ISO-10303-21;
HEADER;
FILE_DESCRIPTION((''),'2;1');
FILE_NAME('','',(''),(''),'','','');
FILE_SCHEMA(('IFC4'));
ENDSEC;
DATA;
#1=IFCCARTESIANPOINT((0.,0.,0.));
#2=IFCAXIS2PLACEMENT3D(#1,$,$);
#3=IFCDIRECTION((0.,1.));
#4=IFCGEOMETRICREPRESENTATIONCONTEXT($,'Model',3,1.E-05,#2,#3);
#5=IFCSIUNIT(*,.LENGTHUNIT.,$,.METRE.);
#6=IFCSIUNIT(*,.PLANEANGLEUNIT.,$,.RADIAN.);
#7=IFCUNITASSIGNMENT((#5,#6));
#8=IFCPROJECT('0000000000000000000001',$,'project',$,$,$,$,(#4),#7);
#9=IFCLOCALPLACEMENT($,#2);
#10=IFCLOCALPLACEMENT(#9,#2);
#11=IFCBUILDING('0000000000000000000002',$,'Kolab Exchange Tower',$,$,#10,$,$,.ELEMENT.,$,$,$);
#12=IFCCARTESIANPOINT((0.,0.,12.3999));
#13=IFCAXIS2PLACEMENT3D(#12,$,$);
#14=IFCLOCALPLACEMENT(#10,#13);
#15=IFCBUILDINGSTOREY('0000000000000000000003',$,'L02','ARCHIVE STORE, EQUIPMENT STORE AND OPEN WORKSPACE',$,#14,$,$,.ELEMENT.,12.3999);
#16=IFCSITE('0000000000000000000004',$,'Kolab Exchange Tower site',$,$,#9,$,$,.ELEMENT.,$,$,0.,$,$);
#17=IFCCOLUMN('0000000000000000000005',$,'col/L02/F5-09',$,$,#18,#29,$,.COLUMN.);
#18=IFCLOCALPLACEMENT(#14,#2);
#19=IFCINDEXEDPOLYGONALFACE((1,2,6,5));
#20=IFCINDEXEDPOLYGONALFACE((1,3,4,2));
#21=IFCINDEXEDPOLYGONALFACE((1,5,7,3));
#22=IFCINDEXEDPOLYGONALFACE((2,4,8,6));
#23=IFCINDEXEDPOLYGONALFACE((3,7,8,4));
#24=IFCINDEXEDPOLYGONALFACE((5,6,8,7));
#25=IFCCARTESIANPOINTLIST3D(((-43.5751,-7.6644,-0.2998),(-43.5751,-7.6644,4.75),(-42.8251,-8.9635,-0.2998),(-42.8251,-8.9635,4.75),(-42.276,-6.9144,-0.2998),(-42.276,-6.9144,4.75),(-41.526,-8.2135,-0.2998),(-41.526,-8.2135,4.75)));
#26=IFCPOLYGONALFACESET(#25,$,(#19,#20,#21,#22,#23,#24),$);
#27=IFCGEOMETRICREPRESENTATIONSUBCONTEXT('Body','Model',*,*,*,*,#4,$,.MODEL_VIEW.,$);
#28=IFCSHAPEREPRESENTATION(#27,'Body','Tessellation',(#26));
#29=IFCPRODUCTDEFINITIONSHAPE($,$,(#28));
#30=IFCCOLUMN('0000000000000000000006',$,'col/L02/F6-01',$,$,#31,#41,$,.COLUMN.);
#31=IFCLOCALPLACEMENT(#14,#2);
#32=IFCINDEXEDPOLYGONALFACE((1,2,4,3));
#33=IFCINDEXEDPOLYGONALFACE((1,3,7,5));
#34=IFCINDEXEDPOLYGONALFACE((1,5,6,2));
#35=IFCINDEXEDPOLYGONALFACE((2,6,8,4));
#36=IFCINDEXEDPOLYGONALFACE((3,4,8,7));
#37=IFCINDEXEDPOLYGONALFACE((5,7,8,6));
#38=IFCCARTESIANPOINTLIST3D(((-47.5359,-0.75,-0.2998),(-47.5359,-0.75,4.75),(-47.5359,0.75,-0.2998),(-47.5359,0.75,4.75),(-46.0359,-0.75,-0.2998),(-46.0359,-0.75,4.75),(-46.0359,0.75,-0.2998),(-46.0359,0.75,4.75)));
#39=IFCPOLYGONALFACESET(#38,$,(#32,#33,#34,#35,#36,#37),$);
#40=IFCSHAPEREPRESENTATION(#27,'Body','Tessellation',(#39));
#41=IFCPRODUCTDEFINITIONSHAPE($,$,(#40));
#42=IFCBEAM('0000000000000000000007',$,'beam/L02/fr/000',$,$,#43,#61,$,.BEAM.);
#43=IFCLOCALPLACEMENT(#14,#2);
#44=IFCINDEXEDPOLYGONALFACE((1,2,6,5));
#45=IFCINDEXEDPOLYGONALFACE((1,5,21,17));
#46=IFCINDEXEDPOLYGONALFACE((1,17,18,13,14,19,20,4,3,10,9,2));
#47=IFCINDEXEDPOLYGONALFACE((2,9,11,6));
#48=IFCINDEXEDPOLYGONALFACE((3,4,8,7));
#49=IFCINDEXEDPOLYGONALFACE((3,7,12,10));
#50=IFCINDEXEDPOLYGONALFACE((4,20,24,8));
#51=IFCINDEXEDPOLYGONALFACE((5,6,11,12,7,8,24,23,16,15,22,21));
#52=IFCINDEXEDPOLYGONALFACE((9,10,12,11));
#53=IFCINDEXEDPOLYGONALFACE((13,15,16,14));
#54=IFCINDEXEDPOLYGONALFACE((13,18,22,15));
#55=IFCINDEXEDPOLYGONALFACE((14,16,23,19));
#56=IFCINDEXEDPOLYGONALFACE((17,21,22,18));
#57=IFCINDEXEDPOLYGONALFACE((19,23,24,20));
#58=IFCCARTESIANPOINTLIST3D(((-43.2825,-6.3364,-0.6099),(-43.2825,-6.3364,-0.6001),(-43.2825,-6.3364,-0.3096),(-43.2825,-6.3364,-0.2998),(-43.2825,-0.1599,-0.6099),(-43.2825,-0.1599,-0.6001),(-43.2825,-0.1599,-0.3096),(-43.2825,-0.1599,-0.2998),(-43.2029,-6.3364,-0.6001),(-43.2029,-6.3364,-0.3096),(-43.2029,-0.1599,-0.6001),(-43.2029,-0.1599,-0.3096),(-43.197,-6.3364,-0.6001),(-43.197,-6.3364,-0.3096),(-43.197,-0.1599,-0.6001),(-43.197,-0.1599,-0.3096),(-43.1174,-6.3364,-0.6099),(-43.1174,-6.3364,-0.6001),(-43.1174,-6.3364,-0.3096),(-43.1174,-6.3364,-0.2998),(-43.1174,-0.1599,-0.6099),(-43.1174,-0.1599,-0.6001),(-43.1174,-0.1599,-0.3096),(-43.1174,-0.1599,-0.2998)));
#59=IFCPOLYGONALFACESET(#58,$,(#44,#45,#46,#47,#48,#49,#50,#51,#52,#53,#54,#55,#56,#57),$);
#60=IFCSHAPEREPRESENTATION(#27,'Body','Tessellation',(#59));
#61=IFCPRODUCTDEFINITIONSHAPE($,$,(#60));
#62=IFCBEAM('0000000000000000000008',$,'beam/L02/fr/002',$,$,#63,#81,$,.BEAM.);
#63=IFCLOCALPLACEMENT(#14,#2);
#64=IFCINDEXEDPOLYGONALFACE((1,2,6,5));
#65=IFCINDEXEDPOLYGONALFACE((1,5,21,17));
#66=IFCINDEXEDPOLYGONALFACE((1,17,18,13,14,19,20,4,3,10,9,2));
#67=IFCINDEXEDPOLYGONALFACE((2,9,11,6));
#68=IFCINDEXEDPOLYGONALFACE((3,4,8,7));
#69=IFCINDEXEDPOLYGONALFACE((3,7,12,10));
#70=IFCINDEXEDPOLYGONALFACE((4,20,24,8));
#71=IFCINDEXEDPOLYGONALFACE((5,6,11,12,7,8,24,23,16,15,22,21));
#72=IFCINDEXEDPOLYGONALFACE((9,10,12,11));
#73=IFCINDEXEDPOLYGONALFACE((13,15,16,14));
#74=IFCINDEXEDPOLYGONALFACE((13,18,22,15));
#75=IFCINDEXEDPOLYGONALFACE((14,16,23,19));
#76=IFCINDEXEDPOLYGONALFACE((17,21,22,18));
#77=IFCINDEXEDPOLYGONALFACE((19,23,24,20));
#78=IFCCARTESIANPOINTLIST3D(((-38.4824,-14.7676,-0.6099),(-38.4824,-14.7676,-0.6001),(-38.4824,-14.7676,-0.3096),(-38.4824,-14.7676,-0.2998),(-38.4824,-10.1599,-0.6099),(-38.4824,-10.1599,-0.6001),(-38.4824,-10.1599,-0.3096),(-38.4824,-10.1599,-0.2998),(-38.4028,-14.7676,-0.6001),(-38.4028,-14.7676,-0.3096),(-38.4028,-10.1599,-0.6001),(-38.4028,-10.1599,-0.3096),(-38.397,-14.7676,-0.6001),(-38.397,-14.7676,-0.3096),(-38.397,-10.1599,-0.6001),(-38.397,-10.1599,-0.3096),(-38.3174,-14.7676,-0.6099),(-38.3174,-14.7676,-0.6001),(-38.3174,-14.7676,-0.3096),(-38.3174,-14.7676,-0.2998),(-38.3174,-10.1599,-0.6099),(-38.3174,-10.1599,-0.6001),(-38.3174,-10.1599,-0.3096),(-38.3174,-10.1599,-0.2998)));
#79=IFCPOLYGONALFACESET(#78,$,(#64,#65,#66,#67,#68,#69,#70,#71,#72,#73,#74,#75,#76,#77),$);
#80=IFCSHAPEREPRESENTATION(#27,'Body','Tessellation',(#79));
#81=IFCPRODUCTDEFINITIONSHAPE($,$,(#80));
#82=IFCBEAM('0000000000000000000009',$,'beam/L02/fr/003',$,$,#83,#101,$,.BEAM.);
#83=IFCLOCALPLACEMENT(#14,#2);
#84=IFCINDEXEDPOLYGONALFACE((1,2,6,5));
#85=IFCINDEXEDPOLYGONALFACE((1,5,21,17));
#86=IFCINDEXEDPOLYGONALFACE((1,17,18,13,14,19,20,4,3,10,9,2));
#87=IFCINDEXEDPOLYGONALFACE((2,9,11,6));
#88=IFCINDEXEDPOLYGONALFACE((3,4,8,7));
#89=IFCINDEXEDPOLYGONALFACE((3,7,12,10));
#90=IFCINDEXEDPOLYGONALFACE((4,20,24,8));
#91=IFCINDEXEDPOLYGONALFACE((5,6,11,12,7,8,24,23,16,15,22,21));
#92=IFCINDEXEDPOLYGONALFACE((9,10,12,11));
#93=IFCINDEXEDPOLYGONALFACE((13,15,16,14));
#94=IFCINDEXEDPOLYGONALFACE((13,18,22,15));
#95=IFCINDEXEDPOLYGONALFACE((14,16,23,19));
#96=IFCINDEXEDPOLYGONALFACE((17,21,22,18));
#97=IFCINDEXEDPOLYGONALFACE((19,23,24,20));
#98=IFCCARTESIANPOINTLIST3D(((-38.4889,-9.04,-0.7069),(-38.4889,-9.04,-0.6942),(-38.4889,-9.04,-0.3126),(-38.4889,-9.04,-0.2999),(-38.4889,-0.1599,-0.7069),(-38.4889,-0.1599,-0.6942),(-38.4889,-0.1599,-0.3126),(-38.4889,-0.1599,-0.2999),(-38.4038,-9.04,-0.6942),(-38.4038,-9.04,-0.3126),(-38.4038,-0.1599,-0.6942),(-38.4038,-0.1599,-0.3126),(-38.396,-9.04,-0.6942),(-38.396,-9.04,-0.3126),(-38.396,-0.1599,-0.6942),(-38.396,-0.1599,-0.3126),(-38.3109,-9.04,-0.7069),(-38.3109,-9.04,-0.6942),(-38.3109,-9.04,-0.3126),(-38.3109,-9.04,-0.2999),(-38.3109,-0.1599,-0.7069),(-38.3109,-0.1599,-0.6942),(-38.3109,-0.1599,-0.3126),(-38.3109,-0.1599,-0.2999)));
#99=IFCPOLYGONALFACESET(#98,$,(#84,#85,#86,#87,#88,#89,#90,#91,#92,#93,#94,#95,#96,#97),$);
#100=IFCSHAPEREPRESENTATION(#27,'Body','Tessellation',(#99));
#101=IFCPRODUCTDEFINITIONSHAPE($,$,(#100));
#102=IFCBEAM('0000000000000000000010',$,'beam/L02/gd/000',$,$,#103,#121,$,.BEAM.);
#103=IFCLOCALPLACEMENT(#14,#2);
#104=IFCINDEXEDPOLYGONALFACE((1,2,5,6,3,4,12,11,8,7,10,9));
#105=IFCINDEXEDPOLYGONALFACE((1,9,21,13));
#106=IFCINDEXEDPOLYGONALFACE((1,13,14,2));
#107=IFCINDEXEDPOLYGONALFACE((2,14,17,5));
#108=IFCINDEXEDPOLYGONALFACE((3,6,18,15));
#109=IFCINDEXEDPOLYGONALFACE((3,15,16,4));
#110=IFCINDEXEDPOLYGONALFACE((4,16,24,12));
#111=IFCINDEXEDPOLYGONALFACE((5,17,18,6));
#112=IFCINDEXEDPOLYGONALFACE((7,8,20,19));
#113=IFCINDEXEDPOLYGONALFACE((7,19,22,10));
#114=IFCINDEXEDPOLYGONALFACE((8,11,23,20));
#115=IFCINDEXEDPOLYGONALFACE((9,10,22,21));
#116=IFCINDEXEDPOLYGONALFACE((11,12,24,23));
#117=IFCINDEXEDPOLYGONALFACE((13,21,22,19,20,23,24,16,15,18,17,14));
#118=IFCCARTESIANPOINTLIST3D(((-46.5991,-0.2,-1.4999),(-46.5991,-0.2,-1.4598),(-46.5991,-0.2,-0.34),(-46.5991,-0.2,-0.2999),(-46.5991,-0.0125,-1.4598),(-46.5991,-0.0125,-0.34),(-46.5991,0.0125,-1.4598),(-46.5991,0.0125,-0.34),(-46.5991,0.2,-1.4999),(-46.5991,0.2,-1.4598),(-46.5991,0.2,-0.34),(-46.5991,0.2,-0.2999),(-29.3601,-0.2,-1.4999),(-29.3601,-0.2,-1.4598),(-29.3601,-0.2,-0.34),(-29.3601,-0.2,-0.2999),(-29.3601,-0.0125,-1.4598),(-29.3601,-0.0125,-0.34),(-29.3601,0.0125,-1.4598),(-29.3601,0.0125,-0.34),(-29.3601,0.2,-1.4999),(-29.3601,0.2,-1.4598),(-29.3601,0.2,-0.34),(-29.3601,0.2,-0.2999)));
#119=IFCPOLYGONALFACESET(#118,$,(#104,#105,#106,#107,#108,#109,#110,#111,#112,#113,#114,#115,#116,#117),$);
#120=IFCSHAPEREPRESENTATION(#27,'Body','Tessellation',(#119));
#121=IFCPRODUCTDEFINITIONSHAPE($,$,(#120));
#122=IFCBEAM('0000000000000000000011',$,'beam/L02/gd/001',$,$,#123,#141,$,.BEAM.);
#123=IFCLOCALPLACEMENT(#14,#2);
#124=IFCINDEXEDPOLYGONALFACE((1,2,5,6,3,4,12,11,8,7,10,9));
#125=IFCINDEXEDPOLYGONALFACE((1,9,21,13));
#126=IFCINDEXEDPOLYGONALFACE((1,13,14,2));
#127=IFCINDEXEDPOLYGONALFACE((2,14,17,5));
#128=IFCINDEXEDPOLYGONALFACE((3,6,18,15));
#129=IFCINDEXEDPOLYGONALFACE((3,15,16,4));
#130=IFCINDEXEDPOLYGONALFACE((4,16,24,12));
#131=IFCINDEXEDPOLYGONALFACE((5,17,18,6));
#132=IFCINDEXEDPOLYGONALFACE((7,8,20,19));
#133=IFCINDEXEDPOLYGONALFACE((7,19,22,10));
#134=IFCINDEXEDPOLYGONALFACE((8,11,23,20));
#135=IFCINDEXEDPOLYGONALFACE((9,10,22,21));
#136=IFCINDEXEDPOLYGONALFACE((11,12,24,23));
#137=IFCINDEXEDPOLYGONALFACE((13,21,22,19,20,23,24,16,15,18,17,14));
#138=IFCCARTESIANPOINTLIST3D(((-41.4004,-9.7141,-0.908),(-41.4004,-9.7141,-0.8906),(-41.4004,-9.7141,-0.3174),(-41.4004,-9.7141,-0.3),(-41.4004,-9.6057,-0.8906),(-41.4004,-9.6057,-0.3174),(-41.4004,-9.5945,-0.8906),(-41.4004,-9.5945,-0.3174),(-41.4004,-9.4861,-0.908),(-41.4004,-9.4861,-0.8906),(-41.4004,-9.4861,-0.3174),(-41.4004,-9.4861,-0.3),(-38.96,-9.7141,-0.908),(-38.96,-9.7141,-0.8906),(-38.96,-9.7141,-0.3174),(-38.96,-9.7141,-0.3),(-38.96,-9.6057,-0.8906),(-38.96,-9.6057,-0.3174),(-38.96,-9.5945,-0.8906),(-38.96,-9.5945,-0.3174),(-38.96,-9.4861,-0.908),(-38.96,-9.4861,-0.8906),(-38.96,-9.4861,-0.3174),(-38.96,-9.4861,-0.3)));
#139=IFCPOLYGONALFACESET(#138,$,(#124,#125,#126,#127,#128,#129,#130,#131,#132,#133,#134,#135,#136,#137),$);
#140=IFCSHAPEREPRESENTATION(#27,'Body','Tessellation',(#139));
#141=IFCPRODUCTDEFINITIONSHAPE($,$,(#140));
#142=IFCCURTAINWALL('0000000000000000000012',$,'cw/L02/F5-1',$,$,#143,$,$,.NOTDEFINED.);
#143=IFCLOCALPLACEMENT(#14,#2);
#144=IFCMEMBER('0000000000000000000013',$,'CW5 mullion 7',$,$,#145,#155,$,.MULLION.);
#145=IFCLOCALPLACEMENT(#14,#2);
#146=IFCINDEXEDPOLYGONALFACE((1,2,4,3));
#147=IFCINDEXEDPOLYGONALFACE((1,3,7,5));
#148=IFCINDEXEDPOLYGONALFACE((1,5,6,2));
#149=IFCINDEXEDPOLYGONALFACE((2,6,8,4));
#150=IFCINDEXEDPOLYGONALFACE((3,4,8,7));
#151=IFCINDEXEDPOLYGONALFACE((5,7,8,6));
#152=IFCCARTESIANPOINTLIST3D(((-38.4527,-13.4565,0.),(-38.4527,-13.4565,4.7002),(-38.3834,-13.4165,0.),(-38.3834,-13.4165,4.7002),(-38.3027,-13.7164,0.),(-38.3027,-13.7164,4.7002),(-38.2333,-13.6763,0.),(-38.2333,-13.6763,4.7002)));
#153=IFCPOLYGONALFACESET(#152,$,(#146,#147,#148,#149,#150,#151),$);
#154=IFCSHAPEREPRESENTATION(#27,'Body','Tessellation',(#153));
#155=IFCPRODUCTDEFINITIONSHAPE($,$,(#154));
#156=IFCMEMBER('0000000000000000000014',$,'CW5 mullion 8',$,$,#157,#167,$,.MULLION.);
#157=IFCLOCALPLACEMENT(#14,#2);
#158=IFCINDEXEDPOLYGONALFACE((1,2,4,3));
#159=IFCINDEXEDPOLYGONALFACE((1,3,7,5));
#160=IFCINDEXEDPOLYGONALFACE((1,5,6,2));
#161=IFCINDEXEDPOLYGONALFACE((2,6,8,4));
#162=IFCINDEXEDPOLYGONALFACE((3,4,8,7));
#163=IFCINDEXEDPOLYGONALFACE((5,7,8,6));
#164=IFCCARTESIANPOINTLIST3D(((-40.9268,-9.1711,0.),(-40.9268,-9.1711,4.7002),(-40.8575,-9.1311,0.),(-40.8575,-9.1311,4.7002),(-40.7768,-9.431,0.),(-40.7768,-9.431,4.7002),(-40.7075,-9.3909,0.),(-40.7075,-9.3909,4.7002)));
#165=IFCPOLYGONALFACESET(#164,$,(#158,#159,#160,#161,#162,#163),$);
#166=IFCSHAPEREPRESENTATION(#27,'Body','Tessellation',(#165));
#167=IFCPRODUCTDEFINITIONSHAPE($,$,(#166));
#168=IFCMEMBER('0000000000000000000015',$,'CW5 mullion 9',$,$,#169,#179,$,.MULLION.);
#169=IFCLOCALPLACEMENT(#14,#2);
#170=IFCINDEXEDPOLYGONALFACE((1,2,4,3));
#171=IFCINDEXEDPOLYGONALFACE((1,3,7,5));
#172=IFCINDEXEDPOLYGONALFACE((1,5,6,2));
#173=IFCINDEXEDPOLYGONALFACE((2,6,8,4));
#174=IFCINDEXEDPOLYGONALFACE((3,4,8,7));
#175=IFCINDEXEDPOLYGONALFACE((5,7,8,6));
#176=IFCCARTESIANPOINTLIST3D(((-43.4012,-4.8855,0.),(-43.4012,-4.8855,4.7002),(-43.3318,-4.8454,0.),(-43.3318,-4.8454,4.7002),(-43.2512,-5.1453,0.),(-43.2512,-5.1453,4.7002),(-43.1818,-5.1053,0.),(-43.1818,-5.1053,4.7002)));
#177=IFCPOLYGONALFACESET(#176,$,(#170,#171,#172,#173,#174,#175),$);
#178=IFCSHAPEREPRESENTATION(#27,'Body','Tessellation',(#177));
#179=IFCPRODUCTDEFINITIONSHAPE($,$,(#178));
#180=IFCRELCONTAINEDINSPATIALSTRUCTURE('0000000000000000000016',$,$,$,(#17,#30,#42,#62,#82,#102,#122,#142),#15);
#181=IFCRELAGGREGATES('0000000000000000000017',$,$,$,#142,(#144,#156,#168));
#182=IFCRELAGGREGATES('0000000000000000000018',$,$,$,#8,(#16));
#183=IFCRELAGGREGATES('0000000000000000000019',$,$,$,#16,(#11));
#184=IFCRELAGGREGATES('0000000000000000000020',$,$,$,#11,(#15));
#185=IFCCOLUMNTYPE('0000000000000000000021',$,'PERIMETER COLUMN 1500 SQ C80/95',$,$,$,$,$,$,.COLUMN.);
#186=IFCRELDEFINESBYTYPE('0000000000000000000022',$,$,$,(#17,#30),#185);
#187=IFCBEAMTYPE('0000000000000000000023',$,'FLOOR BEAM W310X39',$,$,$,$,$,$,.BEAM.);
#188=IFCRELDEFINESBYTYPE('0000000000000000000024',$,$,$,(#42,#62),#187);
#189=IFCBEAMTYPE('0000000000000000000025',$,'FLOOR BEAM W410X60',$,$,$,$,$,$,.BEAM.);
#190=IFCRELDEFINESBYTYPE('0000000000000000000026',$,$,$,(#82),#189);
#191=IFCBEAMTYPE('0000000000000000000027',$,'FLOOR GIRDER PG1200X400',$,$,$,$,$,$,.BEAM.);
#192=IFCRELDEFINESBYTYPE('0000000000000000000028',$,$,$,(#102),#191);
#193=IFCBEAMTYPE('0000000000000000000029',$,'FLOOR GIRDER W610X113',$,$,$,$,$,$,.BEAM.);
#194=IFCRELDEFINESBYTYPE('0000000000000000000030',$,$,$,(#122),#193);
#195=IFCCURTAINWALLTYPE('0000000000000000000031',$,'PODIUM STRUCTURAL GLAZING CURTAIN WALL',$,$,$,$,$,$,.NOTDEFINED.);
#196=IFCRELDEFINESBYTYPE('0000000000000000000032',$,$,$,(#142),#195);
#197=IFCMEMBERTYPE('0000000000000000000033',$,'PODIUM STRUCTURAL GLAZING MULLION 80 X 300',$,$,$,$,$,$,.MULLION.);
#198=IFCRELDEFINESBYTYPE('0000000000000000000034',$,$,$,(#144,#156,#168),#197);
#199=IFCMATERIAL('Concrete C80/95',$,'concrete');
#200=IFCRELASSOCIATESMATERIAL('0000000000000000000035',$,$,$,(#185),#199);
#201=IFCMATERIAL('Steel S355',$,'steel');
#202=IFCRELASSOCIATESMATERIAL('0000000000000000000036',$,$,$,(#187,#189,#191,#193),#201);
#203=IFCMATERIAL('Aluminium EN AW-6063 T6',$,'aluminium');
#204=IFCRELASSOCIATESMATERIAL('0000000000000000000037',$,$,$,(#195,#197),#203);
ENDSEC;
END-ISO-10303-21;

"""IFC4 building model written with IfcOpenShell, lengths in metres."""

from ifc_helpers import new_model, si_unit, direction, frame, origin, origin_2d, place, context, subcontext, project, spatial, rectangle, i_section, extrude, material, material_profile, profile_set, type_object, element, aggregate, save


model = new_model("IFC4")

# Units and contexts
model_context = context("Model", 3, precision=1e-05, world=origin(), true_north=direction((0.0, 1.0)))
body_context = subcontext(model_context, "Body", "Model", "MODEL_VIEW")
ifc_project = project(units=[si_unit("LENGTHUNIT", "METRE"), si_unit("PLANEANGLEUNIT", "RADIAN")], contexts=[model_context])

# Site, building, storey
site_placement = place(None, origin())
site = spatial("IfcSite", under=ifc_project, at=site_placement, Name="Kolab Exchange Tower site", CompositionType="ELEMENT", RefElevation=0.0)
building_placement = place(site_placement, origin())
building = spatial("IfcBuilding", under=site, at=building_placement, Name="Kolab Exchange Tower", CompositionType="ELEMENT")
storey_placement = place(building_placement, frame((0.0, 0.0, 12.3999)))
storey = spatial("IfcBuildingStorey", under=building, at=storey_placement, Name="L02", Description="ARCHIVE STORE, EQUIPMENT STORE AND OPEN WORKSPACE", CompositionType="ELEMENT", Elevation=12.3999)

# Columns
ifc_material_1 = material(Name="Concrete C80/95", Category="concrete")
ifc_material_profile_1 = material_profile(ifc_material_1, rectangle(XDim=1.5, YDim=1.5, at=origin_2d()), Name="RC1500")
ifc_profile_set_1 = profile_set([ifc_material_profile_1], Name="Concrete C80/95")
column_type = type_object("IfcColumnType", Name="PERIMETER COLUMN 1500 SQ C80/95", PredefinedType="COLUMN", material=ifc_profile_set_1)
for number, where, z_axis, x_axis, name in (
    (1, (-42.5505, -7.939, -0.2998), (0.0, 0.0, 1.0), (0.866025, 0.5, 0.0), "col/L02/F5-09"),
    (2, (-46.7859, 0.0, -0.2998), (0.0, 0.0, 1.0), (1.0, 0.0, 0.0), "col/L02/F6-01"),
):
    element("IfcColumn", number, at=place(storey_placement, frame(where, z_axis=z_axis, x_axis=x_axis)), inside=storey, type_object=column_type, Name=name, PredefinedType="COLUMN", context=body_context, shape_type="SweptSolid", body=[
        extrude(rectangle(XDim=1.5, YDim=1.5, at=origin_2d()), origin(), (0.0, 0.0, 1.0), 5.0498),
    ])

# Beams
ifc_material_2 = material(Name="Steel S355", Category="steel")
ifc_material_profile_2 = material_profile(ifc_material_2, i_section(OverallWidth=0.165, OverallDepth=0.3101, WebThickness=0.0059, FlangeThickness=0.0098, at=origin_2d()), Name="W310X39")
ifc_profile_set_2 = profile_set([ifc_material_profile_2], Name="Steel S355")
beam_type_1 = type_object("IfcBeamType", Name="FLOOR BEAM W310X39", PredefinedType="BEAM", material=ifc_profile_set_2)
beam_1_placement = place(storey_placement, frame((-43.2, -6.3364, -0.4548), z_axis=(0.0, 1.0, 0.0), x_axis=(-1.0, 0.0, 0.0)))
element("IfcBeam", 3, at=beam_1_placement, inside=storey, type_object=beam_type_1, Name="beam/L02/fr/000", PredefinedType="BEAM", context=body_context, shape_type="SweptSolid", body=[
    extrude(i_section(OverallWidth=0.165, OverallDepth=0.3101, WebThickness=0.0059, FlangeThickness=0.0098, at=origin_2d()), origin(), (0.0, 0.0, 1.0), 6.1765),
])
beam_2_placement = place(storey_placement, frame((-38.3999, -14.7676, -0.4548), z_axis=(0.0, 1.0, 0.0), x_axis=(-1.0, 0.0, 0.0)))
element("IfcBeam", 4, at=beam_2_placement, inside=storey, type_object=beam_type_1, Name="beam/L02/fr/002", PredefinedType="BEAM", context=body_context, shape_type="SweptSolid", body=[
    extrude(i_section(OverallWidth=0.165, OverallDepth=0.3101, WebThickness=0.0059, FlangeThickness=0.0098, at=origin_2d()), origin(), (0.0, 0.0, 1.0), 4.6077),
])
ifc_material_profile_3 = material_profile(ifc_material_2, i_section(OverallWidth=0.178, OverallDepth=0.407, WebThickness=0.0078, FlangeThickness=0.0127, at=origin_2d()), Name="W410X60")
ifc_profile_set_3 = profile_set([ifc_material_profile_3], Name="Steel S355")
beam_type_2 = type_object("IfcBeamType", Name="FLOOR BEAM W410X60", PredefinedType="BEAM", material=ifc_profile_set_3)
beam_3_placement = place(storey_placement, frame((-38.3999, -9.04, -0.5034), z_axis=(0.0, 1.0, 0.0), x_axis=(-1.0, 0.0, 0.0)))
element("IfcBeam", 5, at=beam_3_placement, inside=storey, type_object=beam_type_2, Name="beam/L02/fr/003", PredefinedType="BEAM", context=body_context, shape_type="SweptSolid", body=[
    extrude(i_section(OverallWidth=0.178, OverallDepth=0.407, WebThickness=0.0078, FlangeThickness=0.0127, at=origin_2d()), origin(), (0.0, 0.0, 1.0), 8.8801),
])
ifc_material_profile_4 = material_profile(ifc_material_2, i_section(OverallWidth=0.3999, OverallDepth=1.2, WebThickness=0.0249, FlangeThickness=0.04, at=origin_2d()), Name="PG1200X400")
ifc_profile_set_4 = profile_set([ifc_material_profile_4], Name="Steel S355")
beam_type_3 = type_object("IfcBeamType", Name="FLOOR GIRDER PG1200X400", PredefinedType="BEAM", material=ifc_profile_set_4)
beam_4_placement = place(storey_placement, frame((-46.5991, 0.0, -0.8999), z_axis=(1.0, 0.0, 0.0), x_axis=(0.0, 1.0, 0.0)))
element("IfcBeam", 6, at=beam_4_placement, inside=storey, type_object=beam_type_3, Name="beam/L02/gd/000", PredefinedType="BEAM", context=body_context, shape_type="SweptSolid", body=[
    extrude(i_section(OverallWidth=0.3999, OverallDepth=1.2, WebThickness=0.0249, FlangeThickness=0.04, at=origin_2d()), origin(), (0.0, 0.0, 1.0), 17.239),
])
ifc_material_profile_5 = material_profile(ifc_material_2, i_section(OverallWidth=0.228, OverallDepth=0.6079, WebThickness=0.0112, FlangeThickness=0.0173, at=origin_2d()), Name="W610X113")
ifc_profile_set_5 = profile_set([ifc_material_profile_5], Name="Steel S355")
beam_type_4 = type_object("IfcBeamType", Name="FLOOR GIRDER W610X113", PredefinedType="BEAM", material=ifc_profile_set_5)
beam_5_placement = place(storey_placement, frame((-41.4004, -9.6001, -0.604), z_axis=(1.0, 0.0, 0.0), x_axis=(0.0, 1.0, 0.0)))
element("IfcBeam", 7, at=beam_5_placement, inside=storey, type_object=beam_type_4, Name="beam/L02/gd/001", PredefinedType="BEAM", context=body_context, shape_type="SweptSolid", body=[
    extrude(i_section(OverallWidth=0.228, OverallDepth=0.6079, WebThickness=0.0112, FlangeThickness=0.0173, at=origin_2d()), origin(), (0.0, 0.0, 1.0), 2.4404),
])

# Curtain wall, members
ifc_material_3 = material(Name="Aluminium EN AW-6063 T6", Category="aluminium")
curtain_wall_type = type_object("IfcCurtainWallType", Name="PODIUM STRUCTURAL GLAZING CURTAIN WALL", PredefinedType="NOTDEFINED", material=ifc_material_3)
curtain_wall_1_placement = place(storey_placement, origin())
curtain_wall_1 = element("IfcCurtainWall", 8, at=curtain_wall_1_placement, inside=storey, type_object=curtain_wall_type, Name="cw/L02/F5-1", PredefinedType="NOTDEFINED")
ifc_material_profile_6 = material_profile(ifc_material_3, rectangle(XDim=0.0801, YDim=0.3, at=origin_2d()), Name="RECT 80X300")
ifc_profile_set_6 = profile_set([ifc_material_profile_6], Name="Aluminium EN AW-6063 T6")
member_type_1 = type_object("IfcMemberType", Name="PODIUM STRUCTURAL GLAZING MULLION 80 X 300", PredefinedType="MULLION", material=ifc_profile_set_6)
member_1_placement = place(storey_placement, frame((-38.343, -13.5664, 0.0), z_axis=(0.0, 0.0, 1.0), x_axis=(-0.866025, -0.5, 0.0)))
member_1 = element("IfcMember", 9, at=member_1_placement, type_object=member_type_1, Name="CW5 mullion 7", PredefinedType="MULLION", context=body_context, shape_type="SweptSolid", body=[
    extrude(rectangle(XDim=0.0801, YDim=0.3, at=origin_2d()), origin(), (0.0, 0.0, 1.0), 4.7002),
])
member_2_placement = place(storey_placement, frame((-40.8171, -9.281, 0.0), z_axis=(0.0, 0.0, 1.0), x_axis=(-0.866025, -0.5, 0.0)))
member_2 = element("IfcMember", 10, at=member_2_placement, type_object=member_type_1, Name="CW5 mullion 8", PredefinedType="MULLION", context=body_context, shape_type="SweptSolid", body=[
    extrude(rectangle(XDim=0.0801, YDim=0.3, at=origin_2d()), origin(), (0.0, 0.0, 1.0), 4.7002),
])
member_3_placement = place(storey_placement, frame((-43.2915, -4.9954, 0.0), z_axis=(0.0, 0.0, 1.0), x_axis=(-0.866025, -0.5, 0.0)))
member_3 = element("IfcMember", 11, at=member_3_placement, type_object=member_type_1, Name="CW5 mullion 9", PredefinedType="MULLION", context=body_context, shape_type="SweptSolid", body=[
    extrude(rectangle(XDim=0.0801, YDim=0.3, at=origin_2d()), origin(), (0.0, 0.0, 1.0), 4.7002),
])

aggregate(curtain_wall_1, [member_1, member_2, member_3])

save(model, "model.ifc")
